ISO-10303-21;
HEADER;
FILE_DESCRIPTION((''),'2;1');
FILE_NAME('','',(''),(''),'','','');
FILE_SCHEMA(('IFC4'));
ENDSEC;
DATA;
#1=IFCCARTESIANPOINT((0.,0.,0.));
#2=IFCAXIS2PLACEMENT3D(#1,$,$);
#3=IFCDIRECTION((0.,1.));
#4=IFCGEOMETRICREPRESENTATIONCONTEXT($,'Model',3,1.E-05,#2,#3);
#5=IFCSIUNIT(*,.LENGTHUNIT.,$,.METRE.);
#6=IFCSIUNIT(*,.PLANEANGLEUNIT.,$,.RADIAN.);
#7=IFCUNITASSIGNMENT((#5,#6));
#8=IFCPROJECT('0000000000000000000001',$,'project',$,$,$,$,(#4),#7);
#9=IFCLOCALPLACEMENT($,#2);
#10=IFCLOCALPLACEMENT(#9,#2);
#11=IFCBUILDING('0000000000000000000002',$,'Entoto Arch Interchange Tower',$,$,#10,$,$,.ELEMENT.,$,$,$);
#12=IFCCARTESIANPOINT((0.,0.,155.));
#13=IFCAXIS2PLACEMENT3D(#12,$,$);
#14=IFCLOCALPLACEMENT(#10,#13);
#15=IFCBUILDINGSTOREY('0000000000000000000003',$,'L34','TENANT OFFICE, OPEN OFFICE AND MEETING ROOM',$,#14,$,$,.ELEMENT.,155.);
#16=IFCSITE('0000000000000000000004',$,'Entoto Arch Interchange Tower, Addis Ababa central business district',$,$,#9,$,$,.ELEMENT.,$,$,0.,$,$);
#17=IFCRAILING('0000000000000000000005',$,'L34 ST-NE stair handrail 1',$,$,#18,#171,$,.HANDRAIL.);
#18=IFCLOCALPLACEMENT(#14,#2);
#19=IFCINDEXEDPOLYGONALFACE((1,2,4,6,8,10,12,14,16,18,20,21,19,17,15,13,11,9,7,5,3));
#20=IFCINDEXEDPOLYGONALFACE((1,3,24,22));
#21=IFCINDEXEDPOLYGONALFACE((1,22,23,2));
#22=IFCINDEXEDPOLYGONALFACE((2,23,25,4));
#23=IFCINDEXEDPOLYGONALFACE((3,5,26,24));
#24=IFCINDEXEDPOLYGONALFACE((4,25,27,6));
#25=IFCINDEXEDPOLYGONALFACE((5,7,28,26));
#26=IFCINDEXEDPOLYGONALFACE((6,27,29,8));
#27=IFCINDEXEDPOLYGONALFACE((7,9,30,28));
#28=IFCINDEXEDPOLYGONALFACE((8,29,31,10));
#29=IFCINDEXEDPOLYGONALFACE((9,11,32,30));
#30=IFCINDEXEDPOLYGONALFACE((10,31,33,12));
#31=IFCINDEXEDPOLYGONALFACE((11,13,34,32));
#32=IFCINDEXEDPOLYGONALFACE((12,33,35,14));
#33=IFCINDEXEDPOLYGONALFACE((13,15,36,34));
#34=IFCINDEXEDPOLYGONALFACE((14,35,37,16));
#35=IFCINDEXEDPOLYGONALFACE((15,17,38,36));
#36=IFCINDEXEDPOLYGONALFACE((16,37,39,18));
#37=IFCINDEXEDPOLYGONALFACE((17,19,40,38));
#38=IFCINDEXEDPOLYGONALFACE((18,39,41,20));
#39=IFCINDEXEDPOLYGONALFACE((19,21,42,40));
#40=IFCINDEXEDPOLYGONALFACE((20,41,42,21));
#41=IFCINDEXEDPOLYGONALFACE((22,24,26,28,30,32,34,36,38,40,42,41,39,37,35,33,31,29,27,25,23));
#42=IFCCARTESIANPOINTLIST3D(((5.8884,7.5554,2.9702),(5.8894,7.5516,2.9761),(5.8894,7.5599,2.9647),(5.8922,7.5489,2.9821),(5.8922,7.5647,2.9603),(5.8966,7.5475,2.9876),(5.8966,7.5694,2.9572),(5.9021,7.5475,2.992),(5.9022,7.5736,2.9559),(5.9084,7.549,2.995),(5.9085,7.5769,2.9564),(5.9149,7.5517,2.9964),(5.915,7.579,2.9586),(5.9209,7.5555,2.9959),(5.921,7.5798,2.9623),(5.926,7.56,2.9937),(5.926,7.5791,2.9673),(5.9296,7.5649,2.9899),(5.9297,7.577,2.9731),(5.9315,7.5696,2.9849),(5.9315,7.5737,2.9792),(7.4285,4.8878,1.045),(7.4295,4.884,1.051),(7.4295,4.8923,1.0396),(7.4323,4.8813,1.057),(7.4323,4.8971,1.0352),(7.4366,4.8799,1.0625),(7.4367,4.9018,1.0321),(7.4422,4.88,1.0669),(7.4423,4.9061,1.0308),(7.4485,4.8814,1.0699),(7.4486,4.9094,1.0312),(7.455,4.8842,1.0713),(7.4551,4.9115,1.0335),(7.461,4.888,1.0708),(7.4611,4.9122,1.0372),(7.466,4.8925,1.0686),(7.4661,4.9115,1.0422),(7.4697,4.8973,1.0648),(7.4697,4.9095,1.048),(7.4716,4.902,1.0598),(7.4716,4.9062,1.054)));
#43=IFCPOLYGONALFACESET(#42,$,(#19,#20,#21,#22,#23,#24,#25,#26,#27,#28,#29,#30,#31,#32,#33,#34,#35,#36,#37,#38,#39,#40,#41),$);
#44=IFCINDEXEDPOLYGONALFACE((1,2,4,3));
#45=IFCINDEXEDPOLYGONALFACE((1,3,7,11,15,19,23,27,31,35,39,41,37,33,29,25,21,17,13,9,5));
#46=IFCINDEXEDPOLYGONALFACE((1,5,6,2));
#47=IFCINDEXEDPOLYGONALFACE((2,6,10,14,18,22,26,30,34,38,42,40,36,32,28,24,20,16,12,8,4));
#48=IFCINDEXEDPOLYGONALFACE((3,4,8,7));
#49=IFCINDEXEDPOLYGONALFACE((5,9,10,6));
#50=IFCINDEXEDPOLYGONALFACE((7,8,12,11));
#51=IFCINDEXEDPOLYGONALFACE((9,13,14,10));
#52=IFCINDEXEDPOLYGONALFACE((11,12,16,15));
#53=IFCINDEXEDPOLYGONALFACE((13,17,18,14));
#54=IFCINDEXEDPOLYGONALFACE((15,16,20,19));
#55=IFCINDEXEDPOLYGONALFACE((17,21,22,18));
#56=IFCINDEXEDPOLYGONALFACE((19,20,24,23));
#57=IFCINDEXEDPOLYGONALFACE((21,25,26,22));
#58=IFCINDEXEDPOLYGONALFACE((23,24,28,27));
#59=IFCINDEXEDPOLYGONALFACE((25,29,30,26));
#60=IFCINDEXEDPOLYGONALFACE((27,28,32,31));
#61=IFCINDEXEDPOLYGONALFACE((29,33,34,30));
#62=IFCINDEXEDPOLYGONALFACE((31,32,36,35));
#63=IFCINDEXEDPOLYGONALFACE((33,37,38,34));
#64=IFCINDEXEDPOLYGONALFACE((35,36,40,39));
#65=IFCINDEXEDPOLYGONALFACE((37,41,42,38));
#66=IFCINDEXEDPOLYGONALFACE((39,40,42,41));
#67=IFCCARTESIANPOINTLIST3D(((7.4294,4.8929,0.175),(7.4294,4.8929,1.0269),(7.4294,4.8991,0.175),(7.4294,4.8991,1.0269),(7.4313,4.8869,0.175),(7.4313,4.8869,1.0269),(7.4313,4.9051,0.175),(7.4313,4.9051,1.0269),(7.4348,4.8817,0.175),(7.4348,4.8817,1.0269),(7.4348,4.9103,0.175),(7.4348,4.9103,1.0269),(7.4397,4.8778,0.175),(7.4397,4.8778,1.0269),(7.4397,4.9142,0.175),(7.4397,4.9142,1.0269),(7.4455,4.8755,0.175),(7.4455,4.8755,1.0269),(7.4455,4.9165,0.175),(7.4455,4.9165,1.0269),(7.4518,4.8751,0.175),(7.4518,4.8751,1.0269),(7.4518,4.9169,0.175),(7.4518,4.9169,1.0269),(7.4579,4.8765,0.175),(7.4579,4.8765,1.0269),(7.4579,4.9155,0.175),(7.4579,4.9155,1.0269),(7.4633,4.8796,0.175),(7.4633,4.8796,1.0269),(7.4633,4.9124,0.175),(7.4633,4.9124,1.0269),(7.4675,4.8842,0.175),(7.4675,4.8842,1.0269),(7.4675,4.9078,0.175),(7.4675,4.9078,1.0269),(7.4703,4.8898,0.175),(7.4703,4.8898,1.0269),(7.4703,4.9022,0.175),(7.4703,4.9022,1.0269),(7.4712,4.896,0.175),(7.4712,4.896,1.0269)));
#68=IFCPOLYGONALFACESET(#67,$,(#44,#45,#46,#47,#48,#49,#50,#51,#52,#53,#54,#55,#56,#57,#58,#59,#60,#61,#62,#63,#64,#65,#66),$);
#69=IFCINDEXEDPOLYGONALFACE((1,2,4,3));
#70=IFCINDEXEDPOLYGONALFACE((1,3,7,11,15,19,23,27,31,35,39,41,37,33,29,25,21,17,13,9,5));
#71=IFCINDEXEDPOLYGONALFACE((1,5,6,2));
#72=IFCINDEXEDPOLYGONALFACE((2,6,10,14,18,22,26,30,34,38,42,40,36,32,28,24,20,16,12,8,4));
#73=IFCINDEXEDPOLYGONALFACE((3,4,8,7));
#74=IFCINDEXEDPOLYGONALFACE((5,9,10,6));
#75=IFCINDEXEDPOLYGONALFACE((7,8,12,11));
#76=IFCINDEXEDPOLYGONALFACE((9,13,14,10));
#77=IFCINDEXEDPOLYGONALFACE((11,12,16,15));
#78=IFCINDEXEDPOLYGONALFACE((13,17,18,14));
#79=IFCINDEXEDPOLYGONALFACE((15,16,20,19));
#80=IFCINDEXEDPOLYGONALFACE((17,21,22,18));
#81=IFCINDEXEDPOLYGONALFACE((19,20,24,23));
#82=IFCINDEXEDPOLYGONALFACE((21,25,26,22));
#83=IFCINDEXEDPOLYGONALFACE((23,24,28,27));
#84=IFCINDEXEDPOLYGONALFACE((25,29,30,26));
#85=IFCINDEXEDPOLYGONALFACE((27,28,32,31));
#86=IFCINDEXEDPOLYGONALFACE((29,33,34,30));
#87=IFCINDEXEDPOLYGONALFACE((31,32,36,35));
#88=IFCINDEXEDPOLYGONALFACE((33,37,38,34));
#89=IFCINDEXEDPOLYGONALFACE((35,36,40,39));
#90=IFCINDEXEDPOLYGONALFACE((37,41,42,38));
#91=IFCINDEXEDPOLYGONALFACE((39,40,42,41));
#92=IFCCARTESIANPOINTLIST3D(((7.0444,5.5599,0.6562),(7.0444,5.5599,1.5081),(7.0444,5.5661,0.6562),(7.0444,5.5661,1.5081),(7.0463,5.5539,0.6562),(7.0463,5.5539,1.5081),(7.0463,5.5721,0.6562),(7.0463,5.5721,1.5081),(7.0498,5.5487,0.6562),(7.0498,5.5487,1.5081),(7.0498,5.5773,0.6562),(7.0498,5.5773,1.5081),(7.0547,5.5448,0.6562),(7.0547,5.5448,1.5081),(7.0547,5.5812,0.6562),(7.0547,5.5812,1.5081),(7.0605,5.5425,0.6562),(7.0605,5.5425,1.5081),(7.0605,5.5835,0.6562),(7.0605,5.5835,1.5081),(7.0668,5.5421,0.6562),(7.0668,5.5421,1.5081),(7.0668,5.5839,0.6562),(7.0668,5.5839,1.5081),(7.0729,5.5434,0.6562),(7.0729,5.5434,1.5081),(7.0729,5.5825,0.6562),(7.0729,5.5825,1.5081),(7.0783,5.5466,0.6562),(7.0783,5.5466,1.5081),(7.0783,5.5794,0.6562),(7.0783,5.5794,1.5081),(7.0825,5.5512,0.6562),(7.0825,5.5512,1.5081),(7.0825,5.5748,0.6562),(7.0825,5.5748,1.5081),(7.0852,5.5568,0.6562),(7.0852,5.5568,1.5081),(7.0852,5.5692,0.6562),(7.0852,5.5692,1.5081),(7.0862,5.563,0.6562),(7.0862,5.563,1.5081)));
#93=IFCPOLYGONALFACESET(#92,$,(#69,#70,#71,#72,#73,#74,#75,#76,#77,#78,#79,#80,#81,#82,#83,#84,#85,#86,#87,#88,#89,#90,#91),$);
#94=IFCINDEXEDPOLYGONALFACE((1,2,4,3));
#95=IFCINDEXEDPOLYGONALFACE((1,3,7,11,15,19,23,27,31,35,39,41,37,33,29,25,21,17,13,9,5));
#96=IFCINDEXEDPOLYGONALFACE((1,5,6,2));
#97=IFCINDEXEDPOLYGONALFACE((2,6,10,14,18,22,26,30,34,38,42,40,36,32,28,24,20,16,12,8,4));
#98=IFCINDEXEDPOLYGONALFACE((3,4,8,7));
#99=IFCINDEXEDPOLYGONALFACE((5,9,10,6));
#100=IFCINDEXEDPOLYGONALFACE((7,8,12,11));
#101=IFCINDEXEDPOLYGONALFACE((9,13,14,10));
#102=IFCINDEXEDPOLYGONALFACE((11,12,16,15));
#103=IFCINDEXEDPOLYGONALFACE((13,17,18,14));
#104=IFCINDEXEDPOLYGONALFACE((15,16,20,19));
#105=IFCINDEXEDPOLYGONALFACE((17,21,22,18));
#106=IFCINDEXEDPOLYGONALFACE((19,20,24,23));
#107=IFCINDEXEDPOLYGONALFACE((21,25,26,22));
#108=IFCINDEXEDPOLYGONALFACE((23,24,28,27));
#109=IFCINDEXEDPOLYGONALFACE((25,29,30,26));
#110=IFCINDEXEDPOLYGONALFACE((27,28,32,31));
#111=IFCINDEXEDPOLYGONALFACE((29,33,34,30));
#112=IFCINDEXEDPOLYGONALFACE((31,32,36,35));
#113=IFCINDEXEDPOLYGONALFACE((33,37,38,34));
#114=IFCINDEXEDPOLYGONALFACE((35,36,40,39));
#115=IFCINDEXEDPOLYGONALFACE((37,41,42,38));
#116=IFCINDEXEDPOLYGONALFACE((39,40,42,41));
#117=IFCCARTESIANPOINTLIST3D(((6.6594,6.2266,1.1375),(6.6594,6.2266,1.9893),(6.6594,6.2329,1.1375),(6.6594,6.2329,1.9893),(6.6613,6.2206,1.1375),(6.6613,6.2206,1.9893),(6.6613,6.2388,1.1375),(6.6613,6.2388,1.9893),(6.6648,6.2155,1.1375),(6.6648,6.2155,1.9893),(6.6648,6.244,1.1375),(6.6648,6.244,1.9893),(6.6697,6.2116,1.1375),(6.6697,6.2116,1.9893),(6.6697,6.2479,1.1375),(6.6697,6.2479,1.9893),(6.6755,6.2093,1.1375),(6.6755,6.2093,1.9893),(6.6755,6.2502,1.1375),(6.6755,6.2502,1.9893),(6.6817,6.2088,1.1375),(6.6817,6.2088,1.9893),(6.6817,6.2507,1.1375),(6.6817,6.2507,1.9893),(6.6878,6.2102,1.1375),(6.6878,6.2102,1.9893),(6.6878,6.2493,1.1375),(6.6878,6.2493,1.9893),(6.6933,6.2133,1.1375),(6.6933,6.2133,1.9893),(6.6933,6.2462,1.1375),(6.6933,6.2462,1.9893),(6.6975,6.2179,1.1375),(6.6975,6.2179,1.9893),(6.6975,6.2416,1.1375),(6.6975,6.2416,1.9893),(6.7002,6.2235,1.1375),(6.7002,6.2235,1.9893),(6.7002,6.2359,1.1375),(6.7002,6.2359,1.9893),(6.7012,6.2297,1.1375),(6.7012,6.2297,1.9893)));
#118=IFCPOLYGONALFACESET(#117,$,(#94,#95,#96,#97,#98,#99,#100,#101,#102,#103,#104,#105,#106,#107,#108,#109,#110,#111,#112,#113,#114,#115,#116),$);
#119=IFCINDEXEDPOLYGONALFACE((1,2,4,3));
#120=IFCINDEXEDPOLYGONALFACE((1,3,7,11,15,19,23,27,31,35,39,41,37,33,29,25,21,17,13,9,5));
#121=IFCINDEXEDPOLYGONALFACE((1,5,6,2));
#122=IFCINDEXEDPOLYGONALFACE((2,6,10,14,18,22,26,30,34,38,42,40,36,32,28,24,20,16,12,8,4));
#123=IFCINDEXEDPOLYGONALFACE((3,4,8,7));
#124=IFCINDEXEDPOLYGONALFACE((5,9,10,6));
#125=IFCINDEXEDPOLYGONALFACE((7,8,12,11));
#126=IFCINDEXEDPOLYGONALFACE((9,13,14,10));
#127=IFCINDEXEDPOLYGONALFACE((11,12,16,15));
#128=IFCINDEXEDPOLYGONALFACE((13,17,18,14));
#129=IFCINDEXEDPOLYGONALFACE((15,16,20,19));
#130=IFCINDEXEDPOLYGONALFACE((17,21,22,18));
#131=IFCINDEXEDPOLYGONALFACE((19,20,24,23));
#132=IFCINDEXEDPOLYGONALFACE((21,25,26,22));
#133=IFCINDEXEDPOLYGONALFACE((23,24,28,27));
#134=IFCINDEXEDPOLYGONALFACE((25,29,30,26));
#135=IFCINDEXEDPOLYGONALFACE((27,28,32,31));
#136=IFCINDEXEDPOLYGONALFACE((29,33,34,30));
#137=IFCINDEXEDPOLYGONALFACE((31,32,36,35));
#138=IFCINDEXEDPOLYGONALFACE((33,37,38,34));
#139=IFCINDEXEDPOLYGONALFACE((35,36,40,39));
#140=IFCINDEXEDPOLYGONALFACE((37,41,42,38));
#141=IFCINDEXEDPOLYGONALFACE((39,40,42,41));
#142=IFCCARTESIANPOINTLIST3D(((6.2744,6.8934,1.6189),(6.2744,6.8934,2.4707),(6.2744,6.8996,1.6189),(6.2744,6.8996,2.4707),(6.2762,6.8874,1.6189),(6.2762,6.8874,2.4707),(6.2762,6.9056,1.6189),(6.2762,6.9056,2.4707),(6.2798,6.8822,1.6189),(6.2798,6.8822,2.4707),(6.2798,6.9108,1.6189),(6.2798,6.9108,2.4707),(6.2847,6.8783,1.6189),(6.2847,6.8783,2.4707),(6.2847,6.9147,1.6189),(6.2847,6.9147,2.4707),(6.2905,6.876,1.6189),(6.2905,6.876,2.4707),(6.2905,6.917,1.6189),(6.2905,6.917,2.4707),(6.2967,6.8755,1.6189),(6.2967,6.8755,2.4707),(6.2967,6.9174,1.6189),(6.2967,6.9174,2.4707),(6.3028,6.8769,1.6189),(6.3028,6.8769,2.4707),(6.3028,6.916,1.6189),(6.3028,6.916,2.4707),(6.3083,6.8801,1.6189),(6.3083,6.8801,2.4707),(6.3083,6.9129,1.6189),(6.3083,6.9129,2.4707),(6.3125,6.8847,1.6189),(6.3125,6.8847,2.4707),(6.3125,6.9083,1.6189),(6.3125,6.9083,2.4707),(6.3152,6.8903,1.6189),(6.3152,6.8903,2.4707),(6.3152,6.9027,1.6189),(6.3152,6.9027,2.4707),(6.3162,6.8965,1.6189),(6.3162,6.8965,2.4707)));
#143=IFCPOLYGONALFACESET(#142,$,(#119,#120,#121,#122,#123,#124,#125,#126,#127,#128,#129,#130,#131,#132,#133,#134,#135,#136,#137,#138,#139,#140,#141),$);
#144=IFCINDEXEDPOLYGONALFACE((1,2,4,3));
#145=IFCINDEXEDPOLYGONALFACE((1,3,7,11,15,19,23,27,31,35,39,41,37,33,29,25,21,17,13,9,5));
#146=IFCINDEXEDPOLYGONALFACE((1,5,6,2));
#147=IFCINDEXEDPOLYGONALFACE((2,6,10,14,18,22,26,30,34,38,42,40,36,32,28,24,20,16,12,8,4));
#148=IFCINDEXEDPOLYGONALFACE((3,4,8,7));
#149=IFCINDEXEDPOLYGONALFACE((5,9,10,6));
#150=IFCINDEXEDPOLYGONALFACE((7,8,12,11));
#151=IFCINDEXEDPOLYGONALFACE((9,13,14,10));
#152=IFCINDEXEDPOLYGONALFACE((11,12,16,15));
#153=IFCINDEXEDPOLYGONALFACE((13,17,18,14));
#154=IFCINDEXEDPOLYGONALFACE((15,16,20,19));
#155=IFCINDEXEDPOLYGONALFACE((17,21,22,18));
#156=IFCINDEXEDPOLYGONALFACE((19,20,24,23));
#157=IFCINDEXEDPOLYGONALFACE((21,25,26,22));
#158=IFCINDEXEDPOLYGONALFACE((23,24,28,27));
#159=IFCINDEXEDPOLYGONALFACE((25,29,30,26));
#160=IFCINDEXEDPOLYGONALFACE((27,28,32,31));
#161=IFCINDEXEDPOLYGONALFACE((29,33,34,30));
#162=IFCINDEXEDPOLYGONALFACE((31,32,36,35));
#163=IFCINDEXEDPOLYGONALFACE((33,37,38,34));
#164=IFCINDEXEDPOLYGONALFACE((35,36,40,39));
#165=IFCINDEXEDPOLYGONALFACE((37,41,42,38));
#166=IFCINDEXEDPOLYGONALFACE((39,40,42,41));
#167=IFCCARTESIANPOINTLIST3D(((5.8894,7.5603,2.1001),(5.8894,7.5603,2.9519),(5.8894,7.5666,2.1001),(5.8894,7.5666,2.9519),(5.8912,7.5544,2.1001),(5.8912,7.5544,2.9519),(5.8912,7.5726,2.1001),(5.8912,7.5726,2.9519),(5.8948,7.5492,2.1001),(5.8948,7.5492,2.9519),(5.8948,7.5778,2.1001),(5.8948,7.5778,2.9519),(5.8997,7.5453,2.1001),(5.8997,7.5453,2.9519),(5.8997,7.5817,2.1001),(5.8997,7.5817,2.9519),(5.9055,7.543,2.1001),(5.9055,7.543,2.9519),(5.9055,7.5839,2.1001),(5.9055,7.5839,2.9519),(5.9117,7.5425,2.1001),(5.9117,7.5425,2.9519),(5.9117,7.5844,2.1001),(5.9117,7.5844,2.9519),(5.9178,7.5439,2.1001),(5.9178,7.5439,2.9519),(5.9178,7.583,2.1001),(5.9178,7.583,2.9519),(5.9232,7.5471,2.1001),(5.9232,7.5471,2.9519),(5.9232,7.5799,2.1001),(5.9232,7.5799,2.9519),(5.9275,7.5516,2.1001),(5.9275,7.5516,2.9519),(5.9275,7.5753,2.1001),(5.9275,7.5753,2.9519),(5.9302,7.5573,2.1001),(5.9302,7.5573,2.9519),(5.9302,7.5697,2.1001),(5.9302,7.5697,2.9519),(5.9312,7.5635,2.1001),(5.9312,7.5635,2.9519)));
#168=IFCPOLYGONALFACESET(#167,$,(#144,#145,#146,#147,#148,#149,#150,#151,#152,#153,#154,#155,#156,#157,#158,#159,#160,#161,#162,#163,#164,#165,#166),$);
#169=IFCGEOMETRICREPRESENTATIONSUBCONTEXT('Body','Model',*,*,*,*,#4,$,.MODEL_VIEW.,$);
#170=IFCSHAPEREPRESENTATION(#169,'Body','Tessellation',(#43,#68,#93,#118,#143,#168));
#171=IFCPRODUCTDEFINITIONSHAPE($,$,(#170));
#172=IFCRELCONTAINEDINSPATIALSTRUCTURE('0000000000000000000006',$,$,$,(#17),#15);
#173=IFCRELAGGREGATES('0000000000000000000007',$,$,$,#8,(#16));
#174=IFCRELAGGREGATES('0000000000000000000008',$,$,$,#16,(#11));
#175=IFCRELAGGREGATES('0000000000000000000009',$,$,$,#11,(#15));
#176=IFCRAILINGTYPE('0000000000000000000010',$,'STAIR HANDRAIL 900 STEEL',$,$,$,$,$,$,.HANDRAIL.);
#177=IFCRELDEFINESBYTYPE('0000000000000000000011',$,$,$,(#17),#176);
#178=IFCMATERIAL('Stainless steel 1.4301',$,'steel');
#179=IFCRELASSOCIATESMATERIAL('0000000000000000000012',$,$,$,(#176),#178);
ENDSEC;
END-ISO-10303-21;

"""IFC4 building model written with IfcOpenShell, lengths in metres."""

from ifc_helpers import new_model, si_unit, direction, frame, origin, origin_2d, place, context, subcontext, project, spatial, circle, extrude, material, type_object, element, save


model = new_model("IFC4")

# Units and contexts
model_context = context("Model", 3, precision=1e-05, world=origin(), true_north=direction((0.0, 1.0)))
body_context = subcontext(model_context, "Body", "Model", "MODEL_VIEW")
ifc_project = project(units=[si_unit("LENGTHUNIT", "METRE"), si_unit("PLANEANGLEUNIT", "RADIAN")], contexts=[model_context])

# Site, building, storey
site_placement = place(None, origin())
site = spatial("IfcSite", under=ifc_project, at=site_placement, Name="Entoto Arch Interchange Tower, Addis Ababa central business district", CompositionType="ELEMENT", RefElevation=0.0)
building_placement = place(site_placement, origin())
building = spatial("IfcBuilding", under=site, at=building_placement, Name="Entoto Arch Interchange Tower", CompositionType="ELEMENT")
storey_placement = place(building_placement, frame((0.0, 0.0, 155.0)))
storey = spatial("IfcBuildingStorey", under=building, at=storey_placement, Name="L34", Description="TENANT OFFICE, OPEN OFFICE AND MEETING ROOM", CompositionType="ELEMENT", Elevation=155.0)

# Railing
ifc_material_1 = material(Name="Stainless steel 1.4301", Category="steel")
railing_type_1 = type_object("IfcRailingType", Name="STAIR HANDRAIL 900 STEEL", PredefinedType="HANDRAIL", material=ifc_material_1)
railing_1_placement = place(storey_placement, frame((7.4502, 4.896, 0.175)))
element("IfcRailing", 1, at=railing_1_placement, inside=storey, type_object=railing_type_1, Name="L34 ST-NE stair handrail 1", PredefinedType="HANDRAIL", context=body_context, shape_type="SweptSolid", body=[
    extrude(circle(Radius=0.0239, at=origin_2d()), frame((0.0, 0.0, 0.876), z_axis=(-0.423994, 0.734395, 0.529993), x_axis=(-0.86603, -0.499992, 0.0)), (0.0, 0.0, 1.0), 3.6323),
    extrude(circle(Radius=0.021, at=origin_2d()), origin(), (0.0, 0.0, 1.0), 0.8518),
    extrude(circle(Radius=0.021, at=origin_2d()), frame((-0.385, 0.667, 0.4812)), (0.0, 0.0, 1.0), 0.8518),
    extrude(circle(Radius=0.021, at=origin_2d()), frame((-0.77, 1.3337, 0.9624)), (0.0, 0.0, 1.0), 0.8518),
    extrude(circle(Radius=0.021, at=origin_2d()), frame((-1.155, 2.0005, 1.4438)), (0.0, 0.0, 1.0), 0.8518),
    extrude(circle(Radius=0.021, at=origin_2d()), frame((-1.54, 2.6675, 1.925)), (0.0, 0.0, 1.0), 0.8518),
])

save(model, "model.ifc")
